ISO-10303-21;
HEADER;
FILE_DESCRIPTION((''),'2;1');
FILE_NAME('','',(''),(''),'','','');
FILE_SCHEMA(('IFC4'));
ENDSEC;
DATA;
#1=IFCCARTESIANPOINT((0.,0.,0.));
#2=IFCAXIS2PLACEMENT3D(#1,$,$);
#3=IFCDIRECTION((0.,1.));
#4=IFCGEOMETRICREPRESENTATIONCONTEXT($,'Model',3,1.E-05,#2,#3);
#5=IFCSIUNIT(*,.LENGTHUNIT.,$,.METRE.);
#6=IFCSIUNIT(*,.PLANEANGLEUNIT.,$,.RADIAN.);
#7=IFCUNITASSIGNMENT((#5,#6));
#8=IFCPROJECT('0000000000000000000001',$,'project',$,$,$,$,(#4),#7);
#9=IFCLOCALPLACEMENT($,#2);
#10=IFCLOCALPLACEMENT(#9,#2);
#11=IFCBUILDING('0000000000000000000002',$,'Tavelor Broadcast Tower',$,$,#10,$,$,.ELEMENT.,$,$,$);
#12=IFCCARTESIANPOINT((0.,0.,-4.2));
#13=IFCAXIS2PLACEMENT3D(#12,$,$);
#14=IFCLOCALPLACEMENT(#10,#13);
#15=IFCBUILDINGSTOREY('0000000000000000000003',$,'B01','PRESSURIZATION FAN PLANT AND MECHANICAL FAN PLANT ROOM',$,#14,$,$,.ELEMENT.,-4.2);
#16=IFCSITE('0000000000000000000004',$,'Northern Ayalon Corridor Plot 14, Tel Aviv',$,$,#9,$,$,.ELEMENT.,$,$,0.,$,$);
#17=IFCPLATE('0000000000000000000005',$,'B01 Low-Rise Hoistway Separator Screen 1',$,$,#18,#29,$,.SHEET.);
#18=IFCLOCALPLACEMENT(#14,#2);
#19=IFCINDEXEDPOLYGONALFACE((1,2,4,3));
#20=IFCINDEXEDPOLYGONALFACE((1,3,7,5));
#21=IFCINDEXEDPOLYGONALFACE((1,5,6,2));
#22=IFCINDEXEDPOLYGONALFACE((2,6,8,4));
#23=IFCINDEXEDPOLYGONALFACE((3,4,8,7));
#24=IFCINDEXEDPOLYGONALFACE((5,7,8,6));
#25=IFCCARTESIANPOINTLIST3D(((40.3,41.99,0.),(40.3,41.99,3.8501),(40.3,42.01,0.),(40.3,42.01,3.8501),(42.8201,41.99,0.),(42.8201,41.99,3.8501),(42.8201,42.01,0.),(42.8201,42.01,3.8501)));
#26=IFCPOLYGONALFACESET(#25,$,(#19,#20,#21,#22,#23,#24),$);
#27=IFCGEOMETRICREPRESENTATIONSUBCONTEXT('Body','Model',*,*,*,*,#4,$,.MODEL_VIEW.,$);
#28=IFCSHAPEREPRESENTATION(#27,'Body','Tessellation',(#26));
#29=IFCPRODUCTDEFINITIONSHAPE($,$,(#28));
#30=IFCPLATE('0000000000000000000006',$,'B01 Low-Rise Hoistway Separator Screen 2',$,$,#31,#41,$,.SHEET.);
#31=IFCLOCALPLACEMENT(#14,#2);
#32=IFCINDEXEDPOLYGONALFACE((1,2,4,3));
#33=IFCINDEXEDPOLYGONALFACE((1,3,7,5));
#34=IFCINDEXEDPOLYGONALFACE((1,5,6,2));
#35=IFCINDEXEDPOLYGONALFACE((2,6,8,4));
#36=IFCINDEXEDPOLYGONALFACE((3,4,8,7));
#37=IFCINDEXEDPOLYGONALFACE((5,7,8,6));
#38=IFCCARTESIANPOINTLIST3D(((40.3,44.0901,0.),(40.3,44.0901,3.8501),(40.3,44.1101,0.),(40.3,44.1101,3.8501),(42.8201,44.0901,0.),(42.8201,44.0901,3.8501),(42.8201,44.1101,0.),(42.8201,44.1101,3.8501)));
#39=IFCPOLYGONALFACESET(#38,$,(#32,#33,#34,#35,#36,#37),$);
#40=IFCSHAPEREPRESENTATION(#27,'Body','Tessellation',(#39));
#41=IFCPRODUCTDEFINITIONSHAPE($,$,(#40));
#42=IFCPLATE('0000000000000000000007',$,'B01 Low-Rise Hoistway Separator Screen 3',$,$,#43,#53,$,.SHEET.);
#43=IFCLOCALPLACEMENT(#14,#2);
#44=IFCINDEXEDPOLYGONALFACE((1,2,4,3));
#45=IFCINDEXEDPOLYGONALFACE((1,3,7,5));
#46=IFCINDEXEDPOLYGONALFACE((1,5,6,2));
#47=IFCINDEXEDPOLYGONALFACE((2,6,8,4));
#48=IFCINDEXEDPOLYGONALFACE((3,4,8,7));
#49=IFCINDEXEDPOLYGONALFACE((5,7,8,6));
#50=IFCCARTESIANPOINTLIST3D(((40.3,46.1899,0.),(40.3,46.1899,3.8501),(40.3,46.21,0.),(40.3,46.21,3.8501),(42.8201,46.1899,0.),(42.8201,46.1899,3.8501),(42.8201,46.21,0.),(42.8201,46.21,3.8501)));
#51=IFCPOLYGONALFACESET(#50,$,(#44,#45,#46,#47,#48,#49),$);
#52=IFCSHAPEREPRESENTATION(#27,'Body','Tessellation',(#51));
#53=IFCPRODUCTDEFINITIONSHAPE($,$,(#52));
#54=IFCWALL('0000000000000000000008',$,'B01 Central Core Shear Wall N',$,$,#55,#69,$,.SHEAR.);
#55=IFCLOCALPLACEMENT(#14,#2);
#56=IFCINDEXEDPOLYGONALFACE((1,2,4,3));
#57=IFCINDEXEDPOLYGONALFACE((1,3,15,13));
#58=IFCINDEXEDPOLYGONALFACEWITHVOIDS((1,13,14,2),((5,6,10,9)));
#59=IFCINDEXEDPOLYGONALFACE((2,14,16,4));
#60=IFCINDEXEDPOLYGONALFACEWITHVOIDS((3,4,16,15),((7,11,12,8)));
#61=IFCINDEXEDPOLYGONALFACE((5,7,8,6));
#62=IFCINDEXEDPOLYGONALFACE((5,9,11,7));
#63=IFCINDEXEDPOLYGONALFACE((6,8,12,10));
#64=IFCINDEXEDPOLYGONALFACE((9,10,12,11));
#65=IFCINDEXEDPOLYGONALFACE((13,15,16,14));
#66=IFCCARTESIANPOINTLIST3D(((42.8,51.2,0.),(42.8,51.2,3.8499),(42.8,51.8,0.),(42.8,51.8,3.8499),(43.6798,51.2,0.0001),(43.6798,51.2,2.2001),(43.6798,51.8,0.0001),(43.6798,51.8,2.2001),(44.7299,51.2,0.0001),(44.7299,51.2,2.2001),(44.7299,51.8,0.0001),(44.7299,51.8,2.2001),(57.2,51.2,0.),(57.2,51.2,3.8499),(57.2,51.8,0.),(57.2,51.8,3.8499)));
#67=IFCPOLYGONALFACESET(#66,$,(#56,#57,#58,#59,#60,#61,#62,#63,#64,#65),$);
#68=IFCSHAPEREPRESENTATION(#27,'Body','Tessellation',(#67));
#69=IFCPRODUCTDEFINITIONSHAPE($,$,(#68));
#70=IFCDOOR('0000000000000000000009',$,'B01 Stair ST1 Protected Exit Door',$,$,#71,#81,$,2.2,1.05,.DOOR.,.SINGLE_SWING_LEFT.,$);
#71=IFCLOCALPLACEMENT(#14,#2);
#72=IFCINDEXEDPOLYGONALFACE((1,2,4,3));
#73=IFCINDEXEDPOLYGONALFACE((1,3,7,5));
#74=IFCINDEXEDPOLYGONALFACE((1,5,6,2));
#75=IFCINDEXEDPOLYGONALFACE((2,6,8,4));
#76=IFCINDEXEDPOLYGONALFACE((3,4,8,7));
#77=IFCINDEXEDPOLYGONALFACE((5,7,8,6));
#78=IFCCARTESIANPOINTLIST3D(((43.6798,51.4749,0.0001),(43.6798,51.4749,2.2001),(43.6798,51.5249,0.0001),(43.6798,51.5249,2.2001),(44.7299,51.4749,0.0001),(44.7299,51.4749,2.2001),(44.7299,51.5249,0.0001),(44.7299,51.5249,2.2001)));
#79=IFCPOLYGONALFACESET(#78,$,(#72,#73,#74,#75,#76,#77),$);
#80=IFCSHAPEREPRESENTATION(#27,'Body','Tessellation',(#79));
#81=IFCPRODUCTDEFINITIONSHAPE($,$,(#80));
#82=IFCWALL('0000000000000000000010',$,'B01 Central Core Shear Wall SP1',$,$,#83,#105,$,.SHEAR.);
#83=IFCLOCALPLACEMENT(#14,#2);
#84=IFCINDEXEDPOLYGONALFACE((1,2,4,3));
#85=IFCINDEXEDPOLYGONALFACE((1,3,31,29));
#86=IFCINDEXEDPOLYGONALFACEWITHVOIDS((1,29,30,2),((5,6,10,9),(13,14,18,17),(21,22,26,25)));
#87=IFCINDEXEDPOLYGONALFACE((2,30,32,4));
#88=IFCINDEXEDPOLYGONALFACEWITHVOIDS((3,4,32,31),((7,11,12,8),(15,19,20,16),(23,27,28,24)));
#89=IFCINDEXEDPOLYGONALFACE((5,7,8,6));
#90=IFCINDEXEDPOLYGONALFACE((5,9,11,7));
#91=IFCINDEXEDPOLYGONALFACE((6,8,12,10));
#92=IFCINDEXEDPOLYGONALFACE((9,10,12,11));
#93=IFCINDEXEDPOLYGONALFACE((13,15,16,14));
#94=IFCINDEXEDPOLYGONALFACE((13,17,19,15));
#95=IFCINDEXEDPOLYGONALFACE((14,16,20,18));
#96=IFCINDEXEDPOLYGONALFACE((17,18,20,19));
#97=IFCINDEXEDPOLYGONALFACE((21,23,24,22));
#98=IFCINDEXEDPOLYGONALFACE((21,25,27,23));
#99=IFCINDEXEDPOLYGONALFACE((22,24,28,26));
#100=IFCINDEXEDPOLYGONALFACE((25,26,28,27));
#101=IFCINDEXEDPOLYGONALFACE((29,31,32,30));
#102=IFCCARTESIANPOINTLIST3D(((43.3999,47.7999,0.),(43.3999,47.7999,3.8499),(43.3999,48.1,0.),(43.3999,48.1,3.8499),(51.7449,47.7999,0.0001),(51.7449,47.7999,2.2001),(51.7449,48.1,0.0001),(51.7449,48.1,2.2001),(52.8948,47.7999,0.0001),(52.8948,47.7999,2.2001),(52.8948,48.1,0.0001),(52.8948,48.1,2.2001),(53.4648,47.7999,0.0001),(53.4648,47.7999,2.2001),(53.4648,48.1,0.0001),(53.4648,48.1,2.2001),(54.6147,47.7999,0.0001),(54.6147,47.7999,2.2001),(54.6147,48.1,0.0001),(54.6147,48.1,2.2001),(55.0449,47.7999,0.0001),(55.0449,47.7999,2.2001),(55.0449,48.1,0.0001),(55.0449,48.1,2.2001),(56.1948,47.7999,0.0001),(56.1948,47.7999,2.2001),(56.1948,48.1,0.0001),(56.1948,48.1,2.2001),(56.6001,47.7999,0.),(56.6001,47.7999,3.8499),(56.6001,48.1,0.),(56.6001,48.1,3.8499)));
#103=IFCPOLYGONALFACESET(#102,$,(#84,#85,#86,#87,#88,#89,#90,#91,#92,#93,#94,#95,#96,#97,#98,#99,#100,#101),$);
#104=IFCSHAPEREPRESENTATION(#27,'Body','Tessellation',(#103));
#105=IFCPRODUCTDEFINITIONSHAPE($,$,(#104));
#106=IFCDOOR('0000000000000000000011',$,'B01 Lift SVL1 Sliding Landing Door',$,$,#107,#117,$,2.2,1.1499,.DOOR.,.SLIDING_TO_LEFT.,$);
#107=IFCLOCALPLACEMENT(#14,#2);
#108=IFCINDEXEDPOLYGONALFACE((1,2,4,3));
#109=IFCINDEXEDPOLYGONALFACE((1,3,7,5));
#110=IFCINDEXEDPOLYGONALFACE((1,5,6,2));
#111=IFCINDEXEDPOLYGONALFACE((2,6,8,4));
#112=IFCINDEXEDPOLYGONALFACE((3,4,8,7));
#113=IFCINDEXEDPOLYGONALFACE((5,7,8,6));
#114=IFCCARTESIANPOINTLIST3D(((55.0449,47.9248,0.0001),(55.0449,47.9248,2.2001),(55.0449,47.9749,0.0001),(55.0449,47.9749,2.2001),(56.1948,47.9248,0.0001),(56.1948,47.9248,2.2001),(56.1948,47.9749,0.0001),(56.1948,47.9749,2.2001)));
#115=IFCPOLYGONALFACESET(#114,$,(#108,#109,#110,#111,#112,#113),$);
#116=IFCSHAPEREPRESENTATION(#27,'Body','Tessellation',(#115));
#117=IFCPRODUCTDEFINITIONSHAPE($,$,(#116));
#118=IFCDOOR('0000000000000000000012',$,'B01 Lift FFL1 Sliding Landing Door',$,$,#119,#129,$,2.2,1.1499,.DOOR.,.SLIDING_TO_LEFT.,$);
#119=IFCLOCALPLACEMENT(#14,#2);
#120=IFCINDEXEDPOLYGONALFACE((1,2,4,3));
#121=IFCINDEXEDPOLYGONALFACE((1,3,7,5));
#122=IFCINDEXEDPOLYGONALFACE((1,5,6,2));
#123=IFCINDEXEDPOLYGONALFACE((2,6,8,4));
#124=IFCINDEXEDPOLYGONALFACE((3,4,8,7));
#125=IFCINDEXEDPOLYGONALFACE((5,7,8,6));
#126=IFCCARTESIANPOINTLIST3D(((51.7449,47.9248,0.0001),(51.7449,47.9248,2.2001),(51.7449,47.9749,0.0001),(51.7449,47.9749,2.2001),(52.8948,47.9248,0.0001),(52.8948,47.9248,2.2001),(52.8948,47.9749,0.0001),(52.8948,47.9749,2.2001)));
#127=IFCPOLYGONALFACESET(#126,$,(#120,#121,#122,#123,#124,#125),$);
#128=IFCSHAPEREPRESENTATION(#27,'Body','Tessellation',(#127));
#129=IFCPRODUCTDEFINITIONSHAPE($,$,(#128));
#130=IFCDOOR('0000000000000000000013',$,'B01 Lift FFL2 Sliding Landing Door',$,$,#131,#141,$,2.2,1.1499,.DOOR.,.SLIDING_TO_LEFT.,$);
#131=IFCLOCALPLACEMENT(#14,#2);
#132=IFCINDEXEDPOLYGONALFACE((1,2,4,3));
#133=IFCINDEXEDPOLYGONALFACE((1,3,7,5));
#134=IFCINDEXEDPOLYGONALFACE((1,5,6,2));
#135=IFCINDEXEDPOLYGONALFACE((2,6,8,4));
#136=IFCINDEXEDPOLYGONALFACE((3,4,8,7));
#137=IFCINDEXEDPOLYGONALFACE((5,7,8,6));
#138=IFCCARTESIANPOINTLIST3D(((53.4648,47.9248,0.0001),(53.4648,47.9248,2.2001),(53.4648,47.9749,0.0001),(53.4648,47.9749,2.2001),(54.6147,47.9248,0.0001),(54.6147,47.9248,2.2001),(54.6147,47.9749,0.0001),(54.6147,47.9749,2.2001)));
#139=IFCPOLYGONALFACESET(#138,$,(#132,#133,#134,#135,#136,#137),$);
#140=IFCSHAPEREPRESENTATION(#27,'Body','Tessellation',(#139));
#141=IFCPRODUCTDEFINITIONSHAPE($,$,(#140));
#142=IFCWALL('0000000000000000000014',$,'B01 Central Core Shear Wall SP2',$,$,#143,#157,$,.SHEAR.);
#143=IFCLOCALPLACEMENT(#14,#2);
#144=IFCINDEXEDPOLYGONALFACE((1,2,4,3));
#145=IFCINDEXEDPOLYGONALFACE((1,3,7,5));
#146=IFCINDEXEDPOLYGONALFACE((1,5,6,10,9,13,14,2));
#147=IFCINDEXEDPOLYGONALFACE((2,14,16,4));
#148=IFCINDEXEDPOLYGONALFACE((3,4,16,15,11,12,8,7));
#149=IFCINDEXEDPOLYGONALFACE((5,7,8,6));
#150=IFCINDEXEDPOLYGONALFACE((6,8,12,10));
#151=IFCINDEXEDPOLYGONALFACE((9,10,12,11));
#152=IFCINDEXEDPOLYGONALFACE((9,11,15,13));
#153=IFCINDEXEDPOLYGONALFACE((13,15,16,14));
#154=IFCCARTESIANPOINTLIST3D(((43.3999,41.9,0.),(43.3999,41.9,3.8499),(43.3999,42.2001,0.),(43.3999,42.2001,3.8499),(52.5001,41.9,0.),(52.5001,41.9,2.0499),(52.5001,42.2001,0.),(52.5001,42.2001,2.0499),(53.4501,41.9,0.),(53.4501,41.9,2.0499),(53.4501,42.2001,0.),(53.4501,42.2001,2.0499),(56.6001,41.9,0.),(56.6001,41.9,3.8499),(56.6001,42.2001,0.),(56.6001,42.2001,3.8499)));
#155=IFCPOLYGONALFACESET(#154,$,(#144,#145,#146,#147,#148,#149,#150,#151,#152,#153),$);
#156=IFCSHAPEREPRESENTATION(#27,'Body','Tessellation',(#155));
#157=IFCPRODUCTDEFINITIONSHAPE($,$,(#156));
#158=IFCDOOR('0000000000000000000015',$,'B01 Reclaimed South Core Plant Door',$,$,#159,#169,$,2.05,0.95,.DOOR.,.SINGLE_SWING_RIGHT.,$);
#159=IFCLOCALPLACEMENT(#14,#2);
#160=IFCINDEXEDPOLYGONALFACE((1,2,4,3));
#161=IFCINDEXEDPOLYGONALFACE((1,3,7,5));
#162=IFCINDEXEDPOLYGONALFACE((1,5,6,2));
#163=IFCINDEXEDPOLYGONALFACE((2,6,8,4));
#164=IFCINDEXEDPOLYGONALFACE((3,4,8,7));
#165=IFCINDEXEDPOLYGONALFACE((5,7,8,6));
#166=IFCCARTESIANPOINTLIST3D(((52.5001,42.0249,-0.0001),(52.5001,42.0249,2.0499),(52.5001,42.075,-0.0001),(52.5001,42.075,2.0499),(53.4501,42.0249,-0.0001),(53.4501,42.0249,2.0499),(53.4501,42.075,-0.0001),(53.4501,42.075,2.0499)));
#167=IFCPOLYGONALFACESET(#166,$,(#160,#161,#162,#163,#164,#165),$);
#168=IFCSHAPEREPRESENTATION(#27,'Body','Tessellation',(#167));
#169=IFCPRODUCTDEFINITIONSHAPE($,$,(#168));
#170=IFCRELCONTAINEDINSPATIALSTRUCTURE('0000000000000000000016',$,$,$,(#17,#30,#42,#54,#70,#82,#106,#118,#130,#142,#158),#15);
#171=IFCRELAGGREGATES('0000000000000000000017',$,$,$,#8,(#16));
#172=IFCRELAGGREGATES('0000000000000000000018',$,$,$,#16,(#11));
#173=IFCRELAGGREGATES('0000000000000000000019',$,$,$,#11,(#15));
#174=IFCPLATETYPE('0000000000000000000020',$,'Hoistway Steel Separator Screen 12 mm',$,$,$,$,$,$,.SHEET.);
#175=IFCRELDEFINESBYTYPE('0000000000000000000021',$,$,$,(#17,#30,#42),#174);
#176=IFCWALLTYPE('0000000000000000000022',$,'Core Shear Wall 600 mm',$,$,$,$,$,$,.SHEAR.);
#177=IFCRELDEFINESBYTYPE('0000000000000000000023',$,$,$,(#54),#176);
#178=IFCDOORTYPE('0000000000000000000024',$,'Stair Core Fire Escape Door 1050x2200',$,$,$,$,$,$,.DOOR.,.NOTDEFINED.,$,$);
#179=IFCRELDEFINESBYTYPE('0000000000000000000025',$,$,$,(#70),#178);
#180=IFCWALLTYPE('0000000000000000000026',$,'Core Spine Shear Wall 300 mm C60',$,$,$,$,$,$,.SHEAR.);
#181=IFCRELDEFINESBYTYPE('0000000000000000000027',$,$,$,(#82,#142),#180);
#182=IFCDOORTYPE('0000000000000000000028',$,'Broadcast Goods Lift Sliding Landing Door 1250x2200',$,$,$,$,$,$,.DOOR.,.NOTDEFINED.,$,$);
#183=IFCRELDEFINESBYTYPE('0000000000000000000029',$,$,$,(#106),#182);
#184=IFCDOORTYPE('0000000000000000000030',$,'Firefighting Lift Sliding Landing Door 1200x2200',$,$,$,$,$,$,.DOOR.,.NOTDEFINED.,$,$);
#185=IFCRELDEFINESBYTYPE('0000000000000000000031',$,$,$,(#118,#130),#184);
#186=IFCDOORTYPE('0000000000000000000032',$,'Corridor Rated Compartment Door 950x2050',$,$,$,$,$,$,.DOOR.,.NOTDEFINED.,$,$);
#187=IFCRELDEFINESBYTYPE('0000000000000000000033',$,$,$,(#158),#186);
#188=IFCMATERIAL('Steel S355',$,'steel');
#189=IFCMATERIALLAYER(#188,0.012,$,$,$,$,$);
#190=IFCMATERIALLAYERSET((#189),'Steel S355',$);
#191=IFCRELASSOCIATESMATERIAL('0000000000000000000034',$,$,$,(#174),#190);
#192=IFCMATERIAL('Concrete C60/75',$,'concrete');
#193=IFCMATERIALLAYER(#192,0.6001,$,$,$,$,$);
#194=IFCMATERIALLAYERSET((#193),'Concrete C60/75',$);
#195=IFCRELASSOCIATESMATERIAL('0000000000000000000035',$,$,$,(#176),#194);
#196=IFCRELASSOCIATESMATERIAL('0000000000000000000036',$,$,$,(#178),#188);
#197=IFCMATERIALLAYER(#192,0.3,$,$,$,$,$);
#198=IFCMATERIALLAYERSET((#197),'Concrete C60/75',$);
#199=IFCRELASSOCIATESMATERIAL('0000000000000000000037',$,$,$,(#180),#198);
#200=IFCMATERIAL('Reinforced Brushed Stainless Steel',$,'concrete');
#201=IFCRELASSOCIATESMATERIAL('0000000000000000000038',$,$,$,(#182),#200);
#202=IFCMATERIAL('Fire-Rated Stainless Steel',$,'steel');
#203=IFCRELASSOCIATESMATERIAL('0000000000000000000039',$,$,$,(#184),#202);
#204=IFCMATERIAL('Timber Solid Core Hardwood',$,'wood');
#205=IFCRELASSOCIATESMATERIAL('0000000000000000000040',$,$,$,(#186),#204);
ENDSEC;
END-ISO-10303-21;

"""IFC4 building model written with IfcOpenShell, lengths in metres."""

from ifc_helpers import new_model, si_unit, direction, frame, frame_2d, origin, origin_2d, place, context, subcontext, project, spatial, rectangle, extrude, source, transform, mapped, material, layer, layer_set, type_object, type_shapes, element, fill, save


model = new_model("IFC4")

# Units and contexts
model_context = context("Model", 3, precision=1e-05, world=origin(), true_north=direction((0.0, 1.0)))
body_context = subcontext(model_context, "Body", "Model", "MODEL_VIEW")
ifc_project = project(units=[si_unit("LENGTHUNIT", "METRE"), si_unit("PLANEANGLEUNIT", "RADIAN")], contexts=[model_context])

# Site, building, storey
site_placement = place(None, origin())
site = spatial("IfcSite", under=ifc_project, at=site_placement, Name="Northern Ayalon Corridor Plot 14, Tel Aviv", CompositionType="ELEMENT", RefElevation=0.0)
building_placement = place(site_placement, origin())
building = spatial("IfcBuilding", under=site, at=building_placement, Name="Tavelor Broadcast Tower", CompositionType="ELEMENT")
storey_placement = place(building_placement, frame((0.0, 0.0, -4.2)))
storey = spatial("IfcBuildingStorey", under=building, at=storey_placement, Name="B01", Description="PRESSURIZATION FAN PLANT AND MECHANICAL FAN PLANT ROOM", CompositionType="ELEMENT", Elevation=-4.2)

# Shared definitions
ifc_material_1 = material(Name="Concrete C60/75", Category="concrete")

# Plates
ifc_material_2 = material(Name="Steel S355", Category="steel")
ifc_layer_1 = layer(ifc_material_2, 0.012)
ifc_layer_set_1 = layer_set([ifc_layer_1], Name="Steel S355")
plate_type_1 = type_object("IfcPlateType", Name="Hoistway Steel Separator Screen 12 mm", PredefinedType="SHEET", material=ifc_layer_set_1)
shared_shape_1 = source(origin(), body_context, "Body", "SweptSolid", [
    extrude(rectangle(XDim=2.52, YDim=0.02, at=origin_2d()), origin(), (0.0, 0.0, 1.0), 3.8501),
])
type_shapes(plate_type_1, [shared_shape_1])
for number, where, z_axis, x_axis, name in (
    (1, (41.5601, 42.0, 0.0), (0.0, 0.0, 1.0), (1.0, 0.0, 0.0), "B01 Low-Rise Hoistway Separator Screen 1"),
    (2, (41.5601, 44.1001, 0.0), (0.0, 0.0, 1.0), (1.0, 0.0, 0.0), "B01 Low-Rise Hoistway Separator Screen 2"),
    (3, (41.5601, 46.2, 0.0), (0.0, 0.0, 1.0), (1.0, 0.0, 0.0), "B01 Low-Rise Hoistway Separator Screen 3"),
):
    element("IfcPlate", number, at=place(storey_placement, frame(where, z_axis=z_axis, x_axis=x_axis)), inside=storey, type_object=plate_type_1, Name=name, PredefinedType="SHEET", context=body_context, shape_type="MappedRepresentation", body=[
        mapped(shared_shape_1, transform((0.0, 0.0, 0.0), scale=1.0)),
    ])

# Wall, opening, door
ifc_layer_2 = layer(ifc_material_1, 0.6001)
ifc_layer_set_2 = layer_set([ifc_layer_2], Name="Concrete C60/75")
wall_type_1 = type_object("IfcWallType", Name="Core Shear Wall 600 mm", PredefinedType="SHEAR", material=ifc_layer_set_2)
wall_1_placement = place(storey_placement, frame((42.8, 51.5, 0.0), z_axis=(0.0, 0.0, 1.0), x_axis=(1.0, 0.0, 0.0)))
wall_1 = element("IfcWall", 4, at=wall_1_placement, inside=storey, type_object=wall_type_1, Name="B01 Central Core Shear Wall N", PredefinedType="SHEAR", context=body_context, shape_type="SweptSolid", body=[
    extrude(rectangle(XDim=14.3999, YDim=0.6001, at=frame_2d((7.2, 0.0))), origin(), (0.0, 0.0, 1.0), 3.8499),
])
opening_1_placement = place(wall_1_placement, frame((0.8799, 0.0, 0.0)))
opening_1 = element("IfcOpeningElement", 5, at=opening_1_placement, cuts=wall_1, PredefinedType="OPENING", context=body_context, shape_type="SweptSolid", body=[
    extrude(rectangle(XDim=1.05, YDim=2.2, at=frame_2d((0.5249, 1.1001))), frame((0.0, 0.3101, 0.0), z_axis=(0.0, -1.0, 0.0), x_axis=(1.0, 0.0, 0.0)), (0.0, 0.0, 1.0), 0.6201),
])
door_type_1 = type_object("IfcDoorType", Name="Stair Core Fire Escape Door 1050x2200", OperationType="NOTDEFINED", PredefinedType="DOOR", material=ifc_material_2)
door_1_placement = place(opening_1_placement, origin())
door_1 = element("IfcDoor", 6, at=door_1_placement, inside=storey, type_object=door_type_1, Name="B01 Stair ST1 Protected Exit Door", OperationType="SINGLE_SWING_LEFT", OverallHeight=2.2, OverallWidth=1.05, PredefinedType="DOOR", context=body_context, shape_type="SweptSolid", body=[
    extrude(rectangle(XDim=1.05, YDim=2.2, at=frame_2d((0.5249, 1.1001))), frame((0.0, 0.0249, 0.0), z_axis=(0.0, -1.0, 0.0), x_axis=(1.0, 0.0, 0.0)), (0.0, 0.0, 1.0), 0.05),
])
fill(opening_1, door_1)

# Wall, openings, doors
ifc_layer_3 = layer(ifc_material_1, 0.3)
ifc_layer_set_3 = layer_set([ifc_layer_3], Name="Concrete C60/75")
wall_type_2 = type_object("IfcWallType", Name="Core Spine Shear Wall 300 mm C60", PredefinedType="SHEAR", material=ifc_layer_set_3)
wall_2_placement = place(storey_placement, frame((43.3999, 47.95, 0.0), z_axis=(0.0, 0.0, 1.0), x_axis=(1.0, 0.0, 0.0)))
wall_2 = element("IfcWall", 7, at=wall_2_placement, inside=storey, type_object=wall_type_2, Name="B01 Central Core Shear Wall SP1", PredefinedType="SHEAR", context=body_context, shape_type="SweptSolid", body=[
    extrude(rectangle(XDim=13.2002, YDim=0.3, at=frame_2d((6.6001, 0.0))), origin(), (0.0, 0.0, 1.0), 3.8499),
])
opening_2_placement = place(wall_2_placement, frame((8.345, 0.0, 0.0)))
opening_2 = element("IfcOpeningElement", 8, at=opening_2_placement, cuts=wall_2, PredefinedType="OPENING", context=body_context, shape_type="SweptSolid", body=[
    extrude(rectangle(XDim=1.1499, YDim=2.2, at=frame_2d((0.575, 1.1001))), frame((0.0, 0.1602, 0.0), z_axis=(0.0, -1.0, 0.0), x_axis=(1.0, 0.0, 0.0)), (0.0, 0.0, 1.0), 0.3201),
])
opening_3_placement = place(wall_2_placement, frame((10.0649, 0.0, 0.0)))
opening_3 = element("IfcOpeningElement", 9, at=opening_3_placement, cuts=wall_2, PredefinedType="OPENING", context=body_context, shape_type="SweptSolid", body=[
    extrude(rectangle(XDim=1.1499, YDim=2.2, at=frame_2d((0.575, 1.1001))), frame((0.0, 0.1602, 0.0), z_axis=(0.0, -1.0, 0.0), x_axis=(1.0, 0.0, 0.0)), (0.0, 0.0, 1.0), 0.3201),
])
opening_4_placement = place(wall_2_placement, frame((11.645, 0.0, 0.0)))
opening_4 = element("IfcOpeningElement", 10, at=opening_4_placement, cuts=wall_2, PredefinedType="OPENING", context=body_context, shape_type="SweptSolid", body=[
    extrude(rectangle(XDim=1.1499, YDim=2.2, at=frame_2d((0.575, 1.1001))), frame((0.0, 0.1602, 0.0), z_axis=(0.0, -1.0, 0.0), x_axis=(1.0, 0.0, 0.0)), (0.0, 0.0, 1.0), 0.3201),
])
ifc_material_3 = material(Name="Reinforced Brushed Stainless Steel", Category="concrete")
door_type_2 = type_object("IfcDoorType", Name="Broadcast Goods Lift Sliding Landing Door 1250x2200", OperationType="NOTDEFINED", PredefinedType="DOOR", material=ifc_material_3)
door_2_placement = place(opening_4_placement, origin())
door_2 = element("IfcDoor", 11, at=door_2_placement, inside=storey, type_object=door_type_2, Name="B01 Lift SVL1 Sliding Landing Door", OperationType="SLIDING_TO_LEFT", OverallHeight=2.2, OverallWidth=1.1499, PredefinedType="DOOR", context=body_context, shape_type="SweptSolid", body=[
    extrude(rectangle(XDim=1.1499, YDim=2.2, at=frame_2d((0.575, 1.1001))), frame((0.0, 0.0249, 0.0), z_axis=(0.0, -1.0, 0.0), x_axis=(1.0, 0.0, 0.0)), (0.0, 0.0, 1.0), 0.05),
])
fill(opening_4, door_2)
ifc_material_4 = material(Name="Fire-Rated Stainless Steel", Category="steel")
door_type_3 = type_object("IfcDoorType", Name="Firefighting Lift Sliding Landing Door 1200x2200", OperationType="NOTDEFINED", PredefinedType="DOOR", material=ifc_material_4)
door_3_placement = place(opening_2_placement, origin())
door_3 = element("IfcDoor", 12, at=door_3_placement, inside=storey, type_object=door_type_3, Name="B01 Lift FFL1 Sliding Landing Door", OperationType="SLIDING_TO_LEFT", OverallHeight=2.2, OverallWidth=1.1499, PredefinedType="DOOR", context=body_context, shape_type="SweptSolid", body=[
    extrude(rectangle(XDim=1.1499, YDim=2.2, at=frame_2d((0.575, 1.1001))), frame((0.0, 0.0249, 0.0), z_axis=(0.0, -1.0, 0.0), x_axis=(1.0, 0.0, 0.0)), (0.0, 0.0, 1.0), 0.05),
])
fill(opening_2, door_3)
door_4_placement = place(opening_3_placement, origin())
door_4 = element("IfcDoor", 13, at=door_4_placement, inside=storey, type_object=door_type_3, Name="B01 Lift FFL2 Sliding Landing Door", OperationType="SLIDING_TO_LEFT", OverallHeight=2.2, OverallWidth=1.1499, PredefinedType="DOOR", context=body_context, shape_type="SweptSolid", body=[
    extrude(rectangle(XDim=1.1499, YDim=2.2, at=frame_2d((0.575, 1.1001))), frame((0.0, 0.0249, 0.0), z_axis=(0.0, -1.0, 0.0), x_axis=(1.0, 0.0, 0.0)), (0.0, 0.0, 1.0), 0.05),
])
fill(opening_3, door_4)

# Wall, opening, door
wall_3_placement = place(storey_placement, frame((43.3999, 42.05, 0.0), z_axis=(0.0, 0.0, 1.0), x_axis=(1.0, 0.0, 0.0)))
wall_3 = element("IfcWall", 14, at=wall_3_placement, inside=storey, type_object=wall_type_2, Name="B01 Central Core Shear Wall SP2", PredefinedType="SHEAR", context=body_context, shape_type="SweptSolid", body=[
    extrude(rectangle(XDim=13.2002, YDim=0.3, at=frame_2d((6.6001, 0.0))), origin(), (0.0, 0.0, 1.0), 3.8499),
])
opening_5_placement = place(wall_3_placement, frame((9.1001, 0.0, 0.0)))
opening_5 = element("IfcOpeningElement", 15, at=opening_5_placement, cuts=wall_3, PredefinedType="OPENING", context=body_context, shape_type="SweptSolid", body=[
    extrude(rectangle(XDim=0.95, YDim=2.05, at=frame_2d((0.4751, 1.0249))), frame((0.0, 0.1602, 0.0), z_axis=(0.0, -1.0, 0.0), x_axis=(1.0, 0.0, 0.0)), (0.0, 0.0, 1.0), 0.3201),
])
ifc_material_5 = material(Name="Timber Solid Core Hardwood", Category="wood")
door_type_4 = type_object("IfcDoorType", Name="Corridor Rated Compartment Door 950x2050", OperationType="NOTDEFINED", PredefinedType="DOOR", material=ifc_material_5)
door_5_placement = place(opening_5_placement, origin())
door_5 = element("IfcDoor", 16, at=door_5_placement, inside=storey, type_object=door_type_4, Name="B01 Reclaimed South Core Plant Door", OperationType="SINGLE_SWING_RIGHT", OverallHeight=2.05, OverallWidth=0.95, PredefinedType="DOOR", context=body_context, shape_type="SweptSolid", body=[
    extrude(rectangle(XDim=0.95, YDim=2.05, at=frame_2d((0.4751, 1.0249))), frame((0.0, 0.0249, 0.0), z_axis=(0.0, -1.0, 0.0), x_axis=(1.0, 0.0, 0.0)), (0.0, 0.0, 1.0), 0.05),
])
fill(opening_5, door_5)

save(model, "model.ifc")
